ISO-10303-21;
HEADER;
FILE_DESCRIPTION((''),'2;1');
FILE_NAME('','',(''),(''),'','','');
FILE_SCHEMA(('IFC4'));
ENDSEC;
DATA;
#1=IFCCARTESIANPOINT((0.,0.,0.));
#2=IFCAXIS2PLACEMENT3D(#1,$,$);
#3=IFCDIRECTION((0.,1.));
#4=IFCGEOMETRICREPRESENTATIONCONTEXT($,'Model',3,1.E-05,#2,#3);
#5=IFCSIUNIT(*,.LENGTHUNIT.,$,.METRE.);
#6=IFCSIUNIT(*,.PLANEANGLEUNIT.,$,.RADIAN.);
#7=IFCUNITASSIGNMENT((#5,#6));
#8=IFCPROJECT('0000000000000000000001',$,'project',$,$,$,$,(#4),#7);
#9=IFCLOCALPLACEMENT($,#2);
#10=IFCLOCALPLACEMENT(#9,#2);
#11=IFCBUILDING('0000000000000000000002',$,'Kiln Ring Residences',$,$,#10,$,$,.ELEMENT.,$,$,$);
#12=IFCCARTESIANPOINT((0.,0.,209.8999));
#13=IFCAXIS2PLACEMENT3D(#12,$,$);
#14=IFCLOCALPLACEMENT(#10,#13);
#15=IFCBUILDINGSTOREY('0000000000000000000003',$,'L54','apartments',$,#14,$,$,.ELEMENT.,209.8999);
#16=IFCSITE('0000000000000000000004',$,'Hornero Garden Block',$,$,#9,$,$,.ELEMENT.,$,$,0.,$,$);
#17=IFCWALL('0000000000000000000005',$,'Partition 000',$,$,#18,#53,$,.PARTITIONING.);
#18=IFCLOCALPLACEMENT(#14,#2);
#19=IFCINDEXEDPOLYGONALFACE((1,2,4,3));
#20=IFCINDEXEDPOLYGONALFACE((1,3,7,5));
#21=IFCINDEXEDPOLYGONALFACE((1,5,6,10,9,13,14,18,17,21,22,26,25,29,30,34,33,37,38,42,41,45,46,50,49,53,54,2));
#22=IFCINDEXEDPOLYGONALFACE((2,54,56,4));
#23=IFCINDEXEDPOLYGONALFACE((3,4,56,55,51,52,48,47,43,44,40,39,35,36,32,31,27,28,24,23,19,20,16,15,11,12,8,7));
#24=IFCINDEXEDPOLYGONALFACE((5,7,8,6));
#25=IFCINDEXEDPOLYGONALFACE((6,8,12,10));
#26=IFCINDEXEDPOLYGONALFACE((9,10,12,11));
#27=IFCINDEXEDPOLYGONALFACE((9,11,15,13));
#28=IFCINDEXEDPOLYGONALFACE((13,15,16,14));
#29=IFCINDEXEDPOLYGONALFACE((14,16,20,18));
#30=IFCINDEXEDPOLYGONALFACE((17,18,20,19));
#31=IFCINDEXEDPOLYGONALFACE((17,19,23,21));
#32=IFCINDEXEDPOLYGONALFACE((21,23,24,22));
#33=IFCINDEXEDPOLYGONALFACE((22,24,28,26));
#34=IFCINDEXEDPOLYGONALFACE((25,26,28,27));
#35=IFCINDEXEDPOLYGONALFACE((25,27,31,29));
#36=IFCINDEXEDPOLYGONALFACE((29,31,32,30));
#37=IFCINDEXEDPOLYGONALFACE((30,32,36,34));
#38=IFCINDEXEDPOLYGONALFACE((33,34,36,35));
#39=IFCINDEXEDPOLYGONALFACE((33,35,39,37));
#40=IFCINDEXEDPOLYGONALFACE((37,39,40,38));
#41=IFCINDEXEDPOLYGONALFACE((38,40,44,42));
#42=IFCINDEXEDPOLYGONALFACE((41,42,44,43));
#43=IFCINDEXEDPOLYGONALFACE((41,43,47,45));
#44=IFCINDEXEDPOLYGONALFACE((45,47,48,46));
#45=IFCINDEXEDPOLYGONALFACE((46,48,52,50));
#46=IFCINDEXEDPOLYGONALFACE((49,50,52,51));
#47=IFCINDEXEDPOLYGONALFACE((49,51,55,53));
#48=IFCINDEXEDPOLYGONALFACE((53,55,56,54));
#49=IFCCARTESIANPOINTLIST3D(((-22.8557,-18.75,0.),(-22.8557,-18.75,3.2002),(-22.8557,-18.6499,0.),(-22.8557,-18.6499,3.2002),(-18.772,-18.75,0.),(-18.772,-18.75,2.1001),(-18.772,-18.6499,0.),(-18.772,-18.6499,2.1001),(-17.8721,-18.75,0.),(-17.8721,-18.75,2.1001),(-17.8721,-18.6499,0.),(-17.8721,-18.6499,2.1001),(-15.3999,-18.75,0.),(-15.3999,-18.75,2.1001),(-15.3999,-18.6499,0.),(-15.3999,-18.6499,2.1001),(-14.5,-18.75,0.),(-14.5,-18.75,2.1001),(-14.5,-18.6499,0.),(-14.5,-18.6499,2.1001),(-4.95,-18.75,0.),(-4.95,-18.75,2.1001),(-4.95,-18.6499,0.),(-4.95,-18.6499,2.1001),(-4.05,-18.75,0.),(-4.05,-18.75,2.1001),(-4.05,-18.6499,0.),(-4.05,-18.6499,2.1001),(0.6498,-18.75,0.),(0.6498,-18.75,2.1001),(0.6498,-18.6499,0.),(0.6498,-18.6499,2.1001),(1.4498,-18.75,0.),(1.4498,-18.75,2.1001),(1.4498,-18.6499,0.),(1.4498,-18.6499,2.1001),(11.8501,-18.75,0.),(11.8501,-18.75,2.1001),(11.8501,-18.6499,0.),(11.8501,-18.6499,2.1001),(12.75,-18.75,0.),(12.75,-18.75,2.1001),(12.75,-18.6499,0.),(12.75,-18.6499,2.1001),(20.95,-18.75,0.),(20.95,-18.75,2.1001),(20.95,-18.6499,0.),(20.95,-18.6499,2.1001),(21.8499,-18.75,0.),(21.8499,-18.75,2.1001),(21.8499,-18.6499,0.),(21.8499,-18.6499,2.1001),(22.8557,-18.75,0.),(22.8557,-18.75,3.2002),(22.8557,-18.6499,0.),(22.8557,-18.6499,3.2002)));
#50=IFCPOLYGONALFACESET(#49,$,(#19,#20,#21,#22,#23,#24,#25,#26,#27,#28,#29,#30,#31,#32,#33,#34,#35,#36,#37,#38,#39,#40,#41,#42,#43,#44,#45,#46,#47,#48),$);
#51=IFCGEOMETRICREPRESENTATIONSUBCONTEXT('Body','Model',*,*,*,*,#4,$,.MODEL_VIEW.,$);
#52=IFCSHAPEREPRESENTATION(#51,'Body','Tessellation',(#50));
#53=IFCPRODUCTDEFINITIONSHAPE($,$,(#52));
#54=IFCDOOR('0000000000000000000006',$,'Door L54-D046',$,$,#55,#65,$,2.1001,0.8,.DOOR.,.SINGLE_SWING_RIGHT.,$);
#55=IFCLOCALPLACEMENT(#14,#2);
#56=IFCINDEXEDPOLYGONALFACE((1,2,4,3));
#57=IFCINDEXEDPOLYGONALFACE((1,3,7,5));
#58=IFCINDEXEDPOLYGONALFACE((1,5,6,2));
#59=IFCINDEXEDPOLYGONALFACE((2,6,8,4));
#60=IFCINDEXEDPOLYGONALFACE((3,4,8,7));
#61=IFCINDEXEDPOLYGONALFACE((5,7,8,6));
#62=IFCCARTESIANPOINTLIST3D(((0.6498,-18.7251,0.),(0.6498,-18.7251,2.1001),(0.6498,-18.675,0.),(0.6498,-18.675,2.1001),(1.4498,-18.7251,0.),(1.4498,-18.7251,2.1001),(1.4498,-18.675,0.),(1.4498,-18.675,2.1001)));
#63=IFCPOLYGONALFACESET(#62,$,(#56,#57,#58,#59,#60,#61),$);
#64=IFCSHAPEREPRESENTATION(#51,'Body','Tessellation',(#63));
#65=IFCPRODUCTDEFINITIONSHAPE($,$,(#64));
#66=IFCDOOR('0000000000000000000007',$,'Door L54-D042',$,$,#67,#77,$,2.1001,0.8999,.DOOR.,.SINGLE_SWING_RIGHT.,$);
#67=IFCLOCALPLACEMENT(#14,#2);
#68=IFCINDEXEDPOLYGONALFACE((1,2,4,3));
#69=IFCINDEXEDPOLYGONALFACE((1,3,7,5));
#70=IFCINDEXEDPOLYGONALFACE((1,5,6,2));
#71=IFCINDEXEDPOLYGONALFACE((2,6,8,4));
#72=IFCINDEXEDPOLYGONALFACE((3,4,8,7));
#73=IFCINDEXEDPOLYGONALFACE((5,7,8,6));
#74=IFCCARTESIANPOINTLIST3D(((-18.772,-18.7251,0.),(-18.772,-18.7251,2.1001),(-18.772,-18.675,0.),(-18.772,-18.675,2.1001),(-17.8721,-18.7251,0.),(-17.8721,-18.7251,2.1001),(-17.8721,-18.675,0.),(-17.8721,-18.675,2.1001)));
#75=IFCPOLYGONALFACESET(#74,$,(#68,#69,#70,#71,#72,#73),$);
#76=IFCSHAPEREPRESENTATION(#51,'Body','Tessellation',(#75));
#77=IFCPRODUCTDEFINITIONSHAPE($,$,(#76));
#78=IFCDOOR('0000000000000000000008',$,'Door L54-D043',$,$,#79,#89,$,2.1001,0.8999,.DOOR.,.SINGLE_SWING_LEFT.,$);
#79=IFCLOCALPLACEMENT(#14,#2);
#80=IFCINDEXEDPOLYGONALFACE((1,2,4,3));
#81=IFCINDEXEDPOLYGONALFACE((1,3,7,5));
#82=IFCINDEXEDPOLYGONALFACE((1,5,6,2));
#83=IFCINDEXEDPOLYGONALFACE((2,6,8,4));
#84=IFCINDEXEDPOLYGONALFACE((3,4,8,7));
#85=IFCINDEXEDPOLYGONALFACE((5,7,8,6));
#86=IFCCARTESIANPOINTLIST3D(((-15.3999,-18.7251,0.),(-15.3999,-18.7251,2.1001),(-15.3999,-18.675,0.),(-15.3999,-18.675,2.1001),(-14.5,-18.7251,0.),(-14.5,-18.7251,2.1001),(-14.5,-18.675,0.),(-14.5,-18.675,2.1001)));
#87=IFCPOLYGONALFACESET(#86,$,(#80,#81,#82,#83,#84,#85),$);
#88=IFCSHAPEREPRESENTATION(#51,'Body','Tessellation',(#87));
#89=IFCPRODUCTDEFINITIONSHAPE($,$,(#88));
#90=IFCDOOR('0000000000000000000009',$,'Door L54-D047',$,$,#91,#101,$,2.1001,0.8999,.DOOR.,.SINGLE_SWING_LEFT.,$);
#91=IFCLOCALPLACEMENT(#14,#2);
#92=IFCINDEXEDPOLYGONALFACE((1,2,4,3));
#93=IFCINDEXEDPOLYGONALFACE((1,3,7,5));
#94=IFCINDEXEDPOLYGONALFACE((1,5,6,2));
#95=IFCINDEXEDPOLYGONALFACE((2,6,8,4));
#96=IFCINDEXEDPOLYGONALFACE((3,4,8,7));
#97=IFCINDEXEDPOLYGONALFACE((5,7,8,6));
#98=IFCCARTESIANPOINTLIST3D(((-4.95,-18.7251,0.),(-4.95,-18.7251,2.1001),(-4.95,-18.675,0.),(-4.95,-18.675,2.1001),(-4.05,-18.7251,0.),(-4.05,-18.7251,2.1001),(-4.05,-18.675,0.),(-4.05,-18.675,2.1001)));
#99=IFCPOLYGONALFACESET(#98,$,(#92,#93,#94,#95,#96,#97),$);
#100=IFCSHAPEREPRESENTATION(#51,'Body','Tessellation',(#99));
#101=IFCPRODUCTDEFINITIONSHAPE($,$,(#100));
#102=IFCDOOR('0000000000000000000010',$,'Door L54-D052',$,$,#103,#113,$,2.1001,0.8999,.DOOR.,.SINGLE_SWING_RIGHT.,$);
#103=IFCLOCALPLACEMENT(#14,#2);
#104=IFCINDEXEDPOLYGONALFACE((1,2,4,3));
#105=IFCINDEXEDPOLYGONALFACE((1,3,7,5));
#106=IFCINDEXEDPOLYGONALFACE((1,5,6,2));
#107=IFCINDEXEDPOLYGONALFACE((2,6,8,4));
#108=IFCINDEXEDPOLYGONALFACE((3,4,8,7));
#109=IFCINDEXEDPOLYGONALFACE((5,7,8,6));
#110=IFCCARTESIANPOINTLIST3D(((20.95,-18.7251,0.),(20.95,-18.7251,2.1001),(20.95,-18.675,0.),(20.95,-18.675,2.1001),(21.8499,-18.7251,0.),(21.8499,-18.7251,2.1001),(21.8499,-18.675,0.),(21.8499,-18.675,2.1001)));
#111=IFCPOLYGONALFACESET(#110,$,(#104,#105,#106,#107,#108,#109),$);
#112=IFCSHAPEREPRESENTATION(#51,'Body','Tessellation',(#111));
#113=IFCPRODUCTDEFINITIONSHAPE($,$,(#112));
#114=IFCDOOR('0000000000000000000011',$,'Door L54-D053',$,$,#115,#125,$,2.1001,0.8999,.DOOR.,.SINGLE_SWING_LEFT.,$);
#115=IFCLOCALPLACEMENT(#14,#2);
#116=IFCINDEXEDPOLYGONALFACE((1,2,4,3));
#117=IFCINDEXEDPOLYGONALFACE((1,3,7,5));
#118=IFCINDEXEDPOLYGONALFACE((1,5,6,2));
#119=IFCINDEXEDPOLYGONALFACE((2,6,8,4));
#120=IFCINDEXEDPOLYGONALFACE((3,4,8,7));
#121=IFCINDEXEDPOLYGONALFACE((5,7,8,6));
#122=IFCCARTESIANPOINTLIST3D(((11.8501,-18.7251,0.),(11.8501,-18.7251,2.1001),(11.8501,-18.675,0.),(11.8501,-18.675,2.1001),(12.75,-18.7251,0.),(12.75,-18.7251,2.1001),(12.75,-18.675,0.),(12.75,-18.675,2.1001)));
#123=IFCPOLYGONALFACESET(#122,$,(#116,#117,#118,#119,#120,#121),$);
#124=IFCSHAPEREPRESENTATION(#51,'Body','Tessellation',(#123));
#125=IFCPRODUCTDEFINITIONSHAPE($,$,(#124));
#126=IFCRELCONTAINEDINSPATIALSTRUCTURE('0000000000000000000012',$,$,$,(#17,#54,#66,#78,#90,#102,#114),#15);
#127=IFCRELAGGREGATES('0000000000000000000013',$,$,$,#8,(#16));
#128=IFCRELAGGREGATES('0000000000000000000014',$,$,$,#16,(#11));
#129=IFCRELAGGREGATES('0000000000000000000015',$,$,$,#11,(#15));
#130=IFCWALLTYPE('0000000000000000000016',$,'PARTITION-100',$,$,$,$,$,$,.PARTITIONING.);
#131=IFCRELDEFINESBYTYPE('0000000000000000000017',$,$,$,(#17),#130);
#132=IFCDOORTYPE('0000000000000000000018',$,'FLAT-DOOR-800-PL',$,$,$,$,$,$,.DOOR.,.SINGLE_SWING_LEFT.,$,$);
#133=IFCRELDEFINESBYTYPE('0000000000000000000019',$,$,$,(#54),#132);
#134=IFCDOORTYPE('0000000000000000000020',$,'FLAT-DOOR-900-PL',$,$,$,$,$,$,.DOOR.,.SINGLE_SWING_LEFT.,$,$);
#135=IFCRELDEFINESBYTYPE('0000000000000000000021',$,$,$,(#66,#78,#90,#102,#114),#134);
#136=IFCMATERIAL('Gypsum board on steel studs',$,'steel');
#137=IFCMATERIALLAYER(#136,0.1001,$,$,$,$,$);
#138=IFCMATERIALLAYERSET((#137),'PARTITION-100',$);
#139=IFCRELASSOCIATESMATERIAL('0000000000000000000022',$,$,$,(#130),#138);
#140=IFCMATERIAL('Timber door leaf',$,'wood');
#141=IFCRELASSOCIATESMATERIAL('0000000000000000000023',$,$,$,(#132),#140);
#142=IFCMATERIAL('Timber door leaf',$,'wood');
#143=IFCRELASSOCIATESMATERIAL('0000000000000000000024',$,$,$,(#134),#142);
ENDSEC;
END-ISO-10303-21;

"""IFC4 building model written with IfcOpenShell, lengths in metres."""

from ifc_helpers import new_model, si_unit, direction, frame, frame_2d, origin, place, context, subcontext, project, spatial, rectangle, extrude, material, layer, layer_set, type_object, element, fill, save


model = new_model("IFC4")

# Units and contexts
model_context = context("Model", 3, precision=1e-05, world=origin(), true_north=direction((0.0, 1.0)))
body_context = subcontext(model_context, "Body", "Model", "MODEL_VIEW")
ifc_project = project(units=[si_unit("LENGTHUNIT", "METRE"), si_unit("PLANEANGLEUNIT", "RADIAN")], contexts=[model_context])

# Site, building, storey
site_placement = place(None, origin())
site = spatial("IfcSite", under=ifc_project, at=site_placement, Name="Hornero Garden Block", CompositionType="ELEMENT", RefElevation=0.0)
building_placement = place(site_placement, origin())
building = spatial("IfcBuilding", under=site, at=building_placement, Name="Kiln Ring Residences", CompositionType="ELEMENT")
storey_placement = place(building_placement, frame((0.0, 0.0, 209.8999)))
storey = spatial("IfcBuildingStorey", under=building, at=storey_placement, Name="L54", Description="apartments", CompositionType="ELEMENT", Elevation=209.8999)

# Wall, openings, doors
ifc_material_1 = material(Name="Gypsum board on steel studs", Category="steel")
ifc_layer_1 = layer(ifc_material_1, 0.1001)
ifc_layer_set_1 = layer_set([ifc_layer_1], Name="PARTITION-100")
wall_type_1 = type_object("IfcWallType", Name="PARTITION-100", PredefinedType="PARTITIONING", material=ifc_layer_set_1)
wall_1_placement = place(storey_placement, frame((-22.8557, -18.7, 0.0), z_axis=(0.0, 0.0, 1.0), x_axis=(1.0, 0.0, 0.0)))
wall_1 = element("IfcWall", 1, at=wall_1_placement, inside=storey, type_object=wall_type_1, Name="Partition 000", PredefinedType="PARTITIONING", context=body_context, shape_type="SweptSolid", body=[
    extrude(rectangle(XDim=45.7114, YDim=0.1001, at=frame_2d((22.8557, 0.0))), origin(), (0.0, 0.0, 1.0), 3.2002),
])
opening_1_placement = place(wall_1_placement, frame((4.0837, 0.0, 0.0)))
opening_1 = element("IfcOpeningElement", 2, at=opening_1_placement, cuts=wall_1, PredefinedType="OPENING", context=body_context, shape_type="SweptSolid", body=[
    extrude(rectangle(XDim=0.8999, YDim=2.1001, at=frame_2d((0.45, 1.05))), frame((0.0, 0.0601, 0.0), z_axis=(0.0, -1.0, 0.0), x_axis=(1.0, 0.0, 0.0)), (0.0, 0.0, 1.0), 0.1201),
])
opening_2_placement = place(wall_1_placement, frame((7.4558, 0.0, 0.0)))
opening_2 = element("IfcOpeningElement", 3, at=opening_2_placement, cuts=wall_1, PredefinedType="OPENING", context=body_context, shape_type="SweptSolid", body=[
    extrude(rectangle(XDim=0.8999, YDim=2.1001, at=frame_2d((0.45, 1.05))), frame((0.0, 0.0601, 0.0), z_axis=(0.0, -1.0, 0.0), x_axis=(1.0, 0.0, 0.0)), (0.0, 0.0, 1.0), 0.1201),
])
opening_3_placement = place(wall_1_placement, frame((23.5056, 0.0, 0.0)))
opening_3 = element("IfcOpeningElement", 4, at=opening_3_placement, cuts=wall_1, PredefinedType="OPENING", context=body_context, shape_type="SweptSolid", body=[
    extrude(rectangle(XDim=0.8, YDim=2.1001, at=frame_2d((0.3999, 1.05))), frame((0.0, 0.0601, 0.0), z_axis=(0.0, -1.0, 0.0), x_axis=(1.0, 0.0, 0.0)), (0.0, 0.0, 1.0), 0.1201),
])
opening_4_placement = place(wall_1_placement, frame((17.9058, 0.0, 0.0)))
opening_4 = element("IfcOpeningElement", 5, at=opening_4_placement, cuts=wall_1, PredefinedType="OPENING", context=body_context, shape_type="SweptSolid", body=[
    extrude(rectangle(XDim=0.8999, YDim=2.1001, at=frame_2d((0.45, 1.05))), frame((0.0, 0.0601, 0.0), z_axis=(0.0, -1.0, 0.0), x_axis=(1.0, 0.0, 0.0)), (0.0, 0.0, 1.0), 0.1201),
])
opening_5_placement = place(wall_1_placement, frame((43.8057, 0.0, 0.0)))
opening_5 = element("IfcOpeningElement", 6, at=opening_5_placement, cuts=wall_1, PredefinedType="OPENING", context=body_context, shape_type="SweptSolid", body=[
    extrude(rectangle(XDim=0.8999, YDim=2.1001, at=frame_2d((0.45, 1.05))), frame((0.0, 0.0601, 0.0), z_axis=(0.0, -1.0, 0.0), x_axis=(1.0, 0.0, 0.0)), (0.0, 0.0, 1.0), 0.1201),
])
opening_6_placement = place(wall_1_placement, frame((34.7058, 0.0, 0.0)))
opening_6 = element("IfcOpeningElement", 7, at=opening_6_placement, cuts=wall_1, PredefinedType="OPENING", context=body_context, shape_type="SweptSolid", body=[
    extrude(rectangle(XDim=0.8999, YDim=2.1001, at=frame_2d((0.45, 1.05))), frame((0.0, 0.0601, 0.0), z_axis=(0.0, -1.0, 0.0), x_axis=(1.0, 0.0, 0.0)), (0.0, 0.0, 1.0), 0.1201),
])
ifc_material_2 = material(Name="Timber door leaf", Category="wood")
door_type_1 = type_object("IfcDoorType", Name="FLAT-DOOR-800-PL", OperationType="SINGLE_SWING_LEFT", PredefinedType="DOOR", material=ifc_material_2)
door_1_placement = place(opening_3_placement, origin())
door_1 = element("IfcDoor", 8, at=door_1_placement, inside=storey, type_object=door_type_1, Name="Door L54-D046", OperationType="SINGLE_SWING_RIGHT", OverallHeight=2.1001, OverallWidth=0.8, PredefinedType="DOOR", context=body_context, shape_type="SweptSolid", body=[
    extrude(rectangle(XDim=0.8, YDim=2.1001, at=frame_2d((0.3999, 1.05))), frame((0.0, 0.0249, 0.0), z_axis=(0.0, -1.0, 0.0), x_axis=(1.0, 0.0, 0.0)), (0.0, 0.0, 1.0), 0.05),
])
fill(opening_3, door_1)
ifc_material_3 = material(Name="Timber door leaf", Category="wood")
door_type_2 = type_object("IfcDoorType", Name="FLAT-DOOR-900-PL", OperationType="SINGLE_SWING_LEFT", PredefinedType="DOOR", material=ifc_material_3)
door_2_placement = place(opening_1_placement, origin())
door_2 = element("IfcDoor", 9, at=door_2_placement, inside=storey, type_object=door_type_2, Name="Door L54-D042", OperationType="SINGLE_SWING_RIGHT", OverallHeight=2.1001, OverallWidth=0.8999, PredefinedType="DOOR", context=body_context, shape_type="SweptSolid", body=[
    extrude(rectangle(XDim=0.8999, YDim=2.1001, at=frame_2d((0.45, 1.05))), frame((0.0, 0.0249, 0.0), z_axis=(0.0, -1.0, 0.0), x_axis=(1.0, 0.0, 0.0)), (0.0, 0.0, 1.0), 0.05),
])
fill(opening_1, door_2)
door_3_placement = place(opening_2_placement, origin())
door_3 = element("IfcDoor", 10, at=door_3_placement, inside=storey, type_object=door_type_2, Name="Door L54-D043", OperationType="SINGLE_SWING_LEFT", OverallHeight=2.1001, OverallWidth=0.8999, PredefinedType="DOOR", context=body_context, shape_type="SweptSolid", body=[
    extrude(rectangle(XDim=0.8999, YDim=2.1001, at=frame_2d((0.45, 1.05))), frame((0.0, 0.0249, 0.0), z_axis=(0.0, -1.0, 0.0), x_axis=(1.0, 0.0, 0.0)), (0.0, 0.0, 1.0), 0.05),
])
fill(opening_2, door_3)
door_4_placement = place(opening_4_placement, origin())
door_4 = element("IfcDoor", 11, at=door_4_placement, inside=storey, type_object=door_type_2, Name="Door L54-D047", OperationType="SINGLE_SWING_LEFT", OverallHeight=2.1001, OverallWidth=0.8999, PredefinedType="DOOR", context=body_context, shape_type="SweptSolid", body=[
    extrude(rectangle(XDim=0.8999, YDim=2.1001, at=frame_2d((0.45, 1.05))), frame((0.0, 0.0249, 0.0), z_axis=(0.0, -1.0, 0.0), x_axis=(1.0, 0.0, 0.0)), (0.0, 0.0, 1.0), 0.05),
])
fill(opening_4, door_4)
door_5_placement = place(opening_5_placement, origin())
door_5 = element("IfcDoor", 12, at=door_5_placement, inside=storey, type_object=door_type_2, Name="Door L54-D052", OperationType="SINGLE_SWING_RIGHT", OverallHeight=2.1001, OverallWidth=0.8999, PredefinedType="DOOR", context=body_context, shape_type="SweptSolid", body=[
    extrude(rectangle(XDim=0.8999, YDim=2.1001, at=frame_2d((0.45, 1.05))), frame((0.0, 0.0249, 0.0), z_axis=(0.0, -1.0, 0.0), x_axis=(1.0, 0.0, 0.0)), (0.0, 0.0, 1.0), 0.05),
])
fill(opening_5, door_5)
door_6_placement = place(opening_6_placement, origin())
door_6 = element("IfcDoor", 13, at=door_6_placement, inside=storey, type_object=door_type_2, Name="Door L54-D053", OperationType="SINGLE_SWING_LEFT", OverallHeight=2.1001, OverallWidth=0.8999, PredefinedType="DOOR", context=body_context, shape_type="SweptSolid", body=[
    extrude(rectangle(XDim=0.8999, YDim=2.1001, at=frame_2d((0.45, 1.05))), frame((0.0, 0.0249, 0.0), z_axis=(0.0, -1.0, 0.0), x_axis=(1.0, 0.0, 0.0)), (0.0, 0.0, 1.0), 0.05),
])
fill(opening_6, door_6)

save(model, "model.ifc")
